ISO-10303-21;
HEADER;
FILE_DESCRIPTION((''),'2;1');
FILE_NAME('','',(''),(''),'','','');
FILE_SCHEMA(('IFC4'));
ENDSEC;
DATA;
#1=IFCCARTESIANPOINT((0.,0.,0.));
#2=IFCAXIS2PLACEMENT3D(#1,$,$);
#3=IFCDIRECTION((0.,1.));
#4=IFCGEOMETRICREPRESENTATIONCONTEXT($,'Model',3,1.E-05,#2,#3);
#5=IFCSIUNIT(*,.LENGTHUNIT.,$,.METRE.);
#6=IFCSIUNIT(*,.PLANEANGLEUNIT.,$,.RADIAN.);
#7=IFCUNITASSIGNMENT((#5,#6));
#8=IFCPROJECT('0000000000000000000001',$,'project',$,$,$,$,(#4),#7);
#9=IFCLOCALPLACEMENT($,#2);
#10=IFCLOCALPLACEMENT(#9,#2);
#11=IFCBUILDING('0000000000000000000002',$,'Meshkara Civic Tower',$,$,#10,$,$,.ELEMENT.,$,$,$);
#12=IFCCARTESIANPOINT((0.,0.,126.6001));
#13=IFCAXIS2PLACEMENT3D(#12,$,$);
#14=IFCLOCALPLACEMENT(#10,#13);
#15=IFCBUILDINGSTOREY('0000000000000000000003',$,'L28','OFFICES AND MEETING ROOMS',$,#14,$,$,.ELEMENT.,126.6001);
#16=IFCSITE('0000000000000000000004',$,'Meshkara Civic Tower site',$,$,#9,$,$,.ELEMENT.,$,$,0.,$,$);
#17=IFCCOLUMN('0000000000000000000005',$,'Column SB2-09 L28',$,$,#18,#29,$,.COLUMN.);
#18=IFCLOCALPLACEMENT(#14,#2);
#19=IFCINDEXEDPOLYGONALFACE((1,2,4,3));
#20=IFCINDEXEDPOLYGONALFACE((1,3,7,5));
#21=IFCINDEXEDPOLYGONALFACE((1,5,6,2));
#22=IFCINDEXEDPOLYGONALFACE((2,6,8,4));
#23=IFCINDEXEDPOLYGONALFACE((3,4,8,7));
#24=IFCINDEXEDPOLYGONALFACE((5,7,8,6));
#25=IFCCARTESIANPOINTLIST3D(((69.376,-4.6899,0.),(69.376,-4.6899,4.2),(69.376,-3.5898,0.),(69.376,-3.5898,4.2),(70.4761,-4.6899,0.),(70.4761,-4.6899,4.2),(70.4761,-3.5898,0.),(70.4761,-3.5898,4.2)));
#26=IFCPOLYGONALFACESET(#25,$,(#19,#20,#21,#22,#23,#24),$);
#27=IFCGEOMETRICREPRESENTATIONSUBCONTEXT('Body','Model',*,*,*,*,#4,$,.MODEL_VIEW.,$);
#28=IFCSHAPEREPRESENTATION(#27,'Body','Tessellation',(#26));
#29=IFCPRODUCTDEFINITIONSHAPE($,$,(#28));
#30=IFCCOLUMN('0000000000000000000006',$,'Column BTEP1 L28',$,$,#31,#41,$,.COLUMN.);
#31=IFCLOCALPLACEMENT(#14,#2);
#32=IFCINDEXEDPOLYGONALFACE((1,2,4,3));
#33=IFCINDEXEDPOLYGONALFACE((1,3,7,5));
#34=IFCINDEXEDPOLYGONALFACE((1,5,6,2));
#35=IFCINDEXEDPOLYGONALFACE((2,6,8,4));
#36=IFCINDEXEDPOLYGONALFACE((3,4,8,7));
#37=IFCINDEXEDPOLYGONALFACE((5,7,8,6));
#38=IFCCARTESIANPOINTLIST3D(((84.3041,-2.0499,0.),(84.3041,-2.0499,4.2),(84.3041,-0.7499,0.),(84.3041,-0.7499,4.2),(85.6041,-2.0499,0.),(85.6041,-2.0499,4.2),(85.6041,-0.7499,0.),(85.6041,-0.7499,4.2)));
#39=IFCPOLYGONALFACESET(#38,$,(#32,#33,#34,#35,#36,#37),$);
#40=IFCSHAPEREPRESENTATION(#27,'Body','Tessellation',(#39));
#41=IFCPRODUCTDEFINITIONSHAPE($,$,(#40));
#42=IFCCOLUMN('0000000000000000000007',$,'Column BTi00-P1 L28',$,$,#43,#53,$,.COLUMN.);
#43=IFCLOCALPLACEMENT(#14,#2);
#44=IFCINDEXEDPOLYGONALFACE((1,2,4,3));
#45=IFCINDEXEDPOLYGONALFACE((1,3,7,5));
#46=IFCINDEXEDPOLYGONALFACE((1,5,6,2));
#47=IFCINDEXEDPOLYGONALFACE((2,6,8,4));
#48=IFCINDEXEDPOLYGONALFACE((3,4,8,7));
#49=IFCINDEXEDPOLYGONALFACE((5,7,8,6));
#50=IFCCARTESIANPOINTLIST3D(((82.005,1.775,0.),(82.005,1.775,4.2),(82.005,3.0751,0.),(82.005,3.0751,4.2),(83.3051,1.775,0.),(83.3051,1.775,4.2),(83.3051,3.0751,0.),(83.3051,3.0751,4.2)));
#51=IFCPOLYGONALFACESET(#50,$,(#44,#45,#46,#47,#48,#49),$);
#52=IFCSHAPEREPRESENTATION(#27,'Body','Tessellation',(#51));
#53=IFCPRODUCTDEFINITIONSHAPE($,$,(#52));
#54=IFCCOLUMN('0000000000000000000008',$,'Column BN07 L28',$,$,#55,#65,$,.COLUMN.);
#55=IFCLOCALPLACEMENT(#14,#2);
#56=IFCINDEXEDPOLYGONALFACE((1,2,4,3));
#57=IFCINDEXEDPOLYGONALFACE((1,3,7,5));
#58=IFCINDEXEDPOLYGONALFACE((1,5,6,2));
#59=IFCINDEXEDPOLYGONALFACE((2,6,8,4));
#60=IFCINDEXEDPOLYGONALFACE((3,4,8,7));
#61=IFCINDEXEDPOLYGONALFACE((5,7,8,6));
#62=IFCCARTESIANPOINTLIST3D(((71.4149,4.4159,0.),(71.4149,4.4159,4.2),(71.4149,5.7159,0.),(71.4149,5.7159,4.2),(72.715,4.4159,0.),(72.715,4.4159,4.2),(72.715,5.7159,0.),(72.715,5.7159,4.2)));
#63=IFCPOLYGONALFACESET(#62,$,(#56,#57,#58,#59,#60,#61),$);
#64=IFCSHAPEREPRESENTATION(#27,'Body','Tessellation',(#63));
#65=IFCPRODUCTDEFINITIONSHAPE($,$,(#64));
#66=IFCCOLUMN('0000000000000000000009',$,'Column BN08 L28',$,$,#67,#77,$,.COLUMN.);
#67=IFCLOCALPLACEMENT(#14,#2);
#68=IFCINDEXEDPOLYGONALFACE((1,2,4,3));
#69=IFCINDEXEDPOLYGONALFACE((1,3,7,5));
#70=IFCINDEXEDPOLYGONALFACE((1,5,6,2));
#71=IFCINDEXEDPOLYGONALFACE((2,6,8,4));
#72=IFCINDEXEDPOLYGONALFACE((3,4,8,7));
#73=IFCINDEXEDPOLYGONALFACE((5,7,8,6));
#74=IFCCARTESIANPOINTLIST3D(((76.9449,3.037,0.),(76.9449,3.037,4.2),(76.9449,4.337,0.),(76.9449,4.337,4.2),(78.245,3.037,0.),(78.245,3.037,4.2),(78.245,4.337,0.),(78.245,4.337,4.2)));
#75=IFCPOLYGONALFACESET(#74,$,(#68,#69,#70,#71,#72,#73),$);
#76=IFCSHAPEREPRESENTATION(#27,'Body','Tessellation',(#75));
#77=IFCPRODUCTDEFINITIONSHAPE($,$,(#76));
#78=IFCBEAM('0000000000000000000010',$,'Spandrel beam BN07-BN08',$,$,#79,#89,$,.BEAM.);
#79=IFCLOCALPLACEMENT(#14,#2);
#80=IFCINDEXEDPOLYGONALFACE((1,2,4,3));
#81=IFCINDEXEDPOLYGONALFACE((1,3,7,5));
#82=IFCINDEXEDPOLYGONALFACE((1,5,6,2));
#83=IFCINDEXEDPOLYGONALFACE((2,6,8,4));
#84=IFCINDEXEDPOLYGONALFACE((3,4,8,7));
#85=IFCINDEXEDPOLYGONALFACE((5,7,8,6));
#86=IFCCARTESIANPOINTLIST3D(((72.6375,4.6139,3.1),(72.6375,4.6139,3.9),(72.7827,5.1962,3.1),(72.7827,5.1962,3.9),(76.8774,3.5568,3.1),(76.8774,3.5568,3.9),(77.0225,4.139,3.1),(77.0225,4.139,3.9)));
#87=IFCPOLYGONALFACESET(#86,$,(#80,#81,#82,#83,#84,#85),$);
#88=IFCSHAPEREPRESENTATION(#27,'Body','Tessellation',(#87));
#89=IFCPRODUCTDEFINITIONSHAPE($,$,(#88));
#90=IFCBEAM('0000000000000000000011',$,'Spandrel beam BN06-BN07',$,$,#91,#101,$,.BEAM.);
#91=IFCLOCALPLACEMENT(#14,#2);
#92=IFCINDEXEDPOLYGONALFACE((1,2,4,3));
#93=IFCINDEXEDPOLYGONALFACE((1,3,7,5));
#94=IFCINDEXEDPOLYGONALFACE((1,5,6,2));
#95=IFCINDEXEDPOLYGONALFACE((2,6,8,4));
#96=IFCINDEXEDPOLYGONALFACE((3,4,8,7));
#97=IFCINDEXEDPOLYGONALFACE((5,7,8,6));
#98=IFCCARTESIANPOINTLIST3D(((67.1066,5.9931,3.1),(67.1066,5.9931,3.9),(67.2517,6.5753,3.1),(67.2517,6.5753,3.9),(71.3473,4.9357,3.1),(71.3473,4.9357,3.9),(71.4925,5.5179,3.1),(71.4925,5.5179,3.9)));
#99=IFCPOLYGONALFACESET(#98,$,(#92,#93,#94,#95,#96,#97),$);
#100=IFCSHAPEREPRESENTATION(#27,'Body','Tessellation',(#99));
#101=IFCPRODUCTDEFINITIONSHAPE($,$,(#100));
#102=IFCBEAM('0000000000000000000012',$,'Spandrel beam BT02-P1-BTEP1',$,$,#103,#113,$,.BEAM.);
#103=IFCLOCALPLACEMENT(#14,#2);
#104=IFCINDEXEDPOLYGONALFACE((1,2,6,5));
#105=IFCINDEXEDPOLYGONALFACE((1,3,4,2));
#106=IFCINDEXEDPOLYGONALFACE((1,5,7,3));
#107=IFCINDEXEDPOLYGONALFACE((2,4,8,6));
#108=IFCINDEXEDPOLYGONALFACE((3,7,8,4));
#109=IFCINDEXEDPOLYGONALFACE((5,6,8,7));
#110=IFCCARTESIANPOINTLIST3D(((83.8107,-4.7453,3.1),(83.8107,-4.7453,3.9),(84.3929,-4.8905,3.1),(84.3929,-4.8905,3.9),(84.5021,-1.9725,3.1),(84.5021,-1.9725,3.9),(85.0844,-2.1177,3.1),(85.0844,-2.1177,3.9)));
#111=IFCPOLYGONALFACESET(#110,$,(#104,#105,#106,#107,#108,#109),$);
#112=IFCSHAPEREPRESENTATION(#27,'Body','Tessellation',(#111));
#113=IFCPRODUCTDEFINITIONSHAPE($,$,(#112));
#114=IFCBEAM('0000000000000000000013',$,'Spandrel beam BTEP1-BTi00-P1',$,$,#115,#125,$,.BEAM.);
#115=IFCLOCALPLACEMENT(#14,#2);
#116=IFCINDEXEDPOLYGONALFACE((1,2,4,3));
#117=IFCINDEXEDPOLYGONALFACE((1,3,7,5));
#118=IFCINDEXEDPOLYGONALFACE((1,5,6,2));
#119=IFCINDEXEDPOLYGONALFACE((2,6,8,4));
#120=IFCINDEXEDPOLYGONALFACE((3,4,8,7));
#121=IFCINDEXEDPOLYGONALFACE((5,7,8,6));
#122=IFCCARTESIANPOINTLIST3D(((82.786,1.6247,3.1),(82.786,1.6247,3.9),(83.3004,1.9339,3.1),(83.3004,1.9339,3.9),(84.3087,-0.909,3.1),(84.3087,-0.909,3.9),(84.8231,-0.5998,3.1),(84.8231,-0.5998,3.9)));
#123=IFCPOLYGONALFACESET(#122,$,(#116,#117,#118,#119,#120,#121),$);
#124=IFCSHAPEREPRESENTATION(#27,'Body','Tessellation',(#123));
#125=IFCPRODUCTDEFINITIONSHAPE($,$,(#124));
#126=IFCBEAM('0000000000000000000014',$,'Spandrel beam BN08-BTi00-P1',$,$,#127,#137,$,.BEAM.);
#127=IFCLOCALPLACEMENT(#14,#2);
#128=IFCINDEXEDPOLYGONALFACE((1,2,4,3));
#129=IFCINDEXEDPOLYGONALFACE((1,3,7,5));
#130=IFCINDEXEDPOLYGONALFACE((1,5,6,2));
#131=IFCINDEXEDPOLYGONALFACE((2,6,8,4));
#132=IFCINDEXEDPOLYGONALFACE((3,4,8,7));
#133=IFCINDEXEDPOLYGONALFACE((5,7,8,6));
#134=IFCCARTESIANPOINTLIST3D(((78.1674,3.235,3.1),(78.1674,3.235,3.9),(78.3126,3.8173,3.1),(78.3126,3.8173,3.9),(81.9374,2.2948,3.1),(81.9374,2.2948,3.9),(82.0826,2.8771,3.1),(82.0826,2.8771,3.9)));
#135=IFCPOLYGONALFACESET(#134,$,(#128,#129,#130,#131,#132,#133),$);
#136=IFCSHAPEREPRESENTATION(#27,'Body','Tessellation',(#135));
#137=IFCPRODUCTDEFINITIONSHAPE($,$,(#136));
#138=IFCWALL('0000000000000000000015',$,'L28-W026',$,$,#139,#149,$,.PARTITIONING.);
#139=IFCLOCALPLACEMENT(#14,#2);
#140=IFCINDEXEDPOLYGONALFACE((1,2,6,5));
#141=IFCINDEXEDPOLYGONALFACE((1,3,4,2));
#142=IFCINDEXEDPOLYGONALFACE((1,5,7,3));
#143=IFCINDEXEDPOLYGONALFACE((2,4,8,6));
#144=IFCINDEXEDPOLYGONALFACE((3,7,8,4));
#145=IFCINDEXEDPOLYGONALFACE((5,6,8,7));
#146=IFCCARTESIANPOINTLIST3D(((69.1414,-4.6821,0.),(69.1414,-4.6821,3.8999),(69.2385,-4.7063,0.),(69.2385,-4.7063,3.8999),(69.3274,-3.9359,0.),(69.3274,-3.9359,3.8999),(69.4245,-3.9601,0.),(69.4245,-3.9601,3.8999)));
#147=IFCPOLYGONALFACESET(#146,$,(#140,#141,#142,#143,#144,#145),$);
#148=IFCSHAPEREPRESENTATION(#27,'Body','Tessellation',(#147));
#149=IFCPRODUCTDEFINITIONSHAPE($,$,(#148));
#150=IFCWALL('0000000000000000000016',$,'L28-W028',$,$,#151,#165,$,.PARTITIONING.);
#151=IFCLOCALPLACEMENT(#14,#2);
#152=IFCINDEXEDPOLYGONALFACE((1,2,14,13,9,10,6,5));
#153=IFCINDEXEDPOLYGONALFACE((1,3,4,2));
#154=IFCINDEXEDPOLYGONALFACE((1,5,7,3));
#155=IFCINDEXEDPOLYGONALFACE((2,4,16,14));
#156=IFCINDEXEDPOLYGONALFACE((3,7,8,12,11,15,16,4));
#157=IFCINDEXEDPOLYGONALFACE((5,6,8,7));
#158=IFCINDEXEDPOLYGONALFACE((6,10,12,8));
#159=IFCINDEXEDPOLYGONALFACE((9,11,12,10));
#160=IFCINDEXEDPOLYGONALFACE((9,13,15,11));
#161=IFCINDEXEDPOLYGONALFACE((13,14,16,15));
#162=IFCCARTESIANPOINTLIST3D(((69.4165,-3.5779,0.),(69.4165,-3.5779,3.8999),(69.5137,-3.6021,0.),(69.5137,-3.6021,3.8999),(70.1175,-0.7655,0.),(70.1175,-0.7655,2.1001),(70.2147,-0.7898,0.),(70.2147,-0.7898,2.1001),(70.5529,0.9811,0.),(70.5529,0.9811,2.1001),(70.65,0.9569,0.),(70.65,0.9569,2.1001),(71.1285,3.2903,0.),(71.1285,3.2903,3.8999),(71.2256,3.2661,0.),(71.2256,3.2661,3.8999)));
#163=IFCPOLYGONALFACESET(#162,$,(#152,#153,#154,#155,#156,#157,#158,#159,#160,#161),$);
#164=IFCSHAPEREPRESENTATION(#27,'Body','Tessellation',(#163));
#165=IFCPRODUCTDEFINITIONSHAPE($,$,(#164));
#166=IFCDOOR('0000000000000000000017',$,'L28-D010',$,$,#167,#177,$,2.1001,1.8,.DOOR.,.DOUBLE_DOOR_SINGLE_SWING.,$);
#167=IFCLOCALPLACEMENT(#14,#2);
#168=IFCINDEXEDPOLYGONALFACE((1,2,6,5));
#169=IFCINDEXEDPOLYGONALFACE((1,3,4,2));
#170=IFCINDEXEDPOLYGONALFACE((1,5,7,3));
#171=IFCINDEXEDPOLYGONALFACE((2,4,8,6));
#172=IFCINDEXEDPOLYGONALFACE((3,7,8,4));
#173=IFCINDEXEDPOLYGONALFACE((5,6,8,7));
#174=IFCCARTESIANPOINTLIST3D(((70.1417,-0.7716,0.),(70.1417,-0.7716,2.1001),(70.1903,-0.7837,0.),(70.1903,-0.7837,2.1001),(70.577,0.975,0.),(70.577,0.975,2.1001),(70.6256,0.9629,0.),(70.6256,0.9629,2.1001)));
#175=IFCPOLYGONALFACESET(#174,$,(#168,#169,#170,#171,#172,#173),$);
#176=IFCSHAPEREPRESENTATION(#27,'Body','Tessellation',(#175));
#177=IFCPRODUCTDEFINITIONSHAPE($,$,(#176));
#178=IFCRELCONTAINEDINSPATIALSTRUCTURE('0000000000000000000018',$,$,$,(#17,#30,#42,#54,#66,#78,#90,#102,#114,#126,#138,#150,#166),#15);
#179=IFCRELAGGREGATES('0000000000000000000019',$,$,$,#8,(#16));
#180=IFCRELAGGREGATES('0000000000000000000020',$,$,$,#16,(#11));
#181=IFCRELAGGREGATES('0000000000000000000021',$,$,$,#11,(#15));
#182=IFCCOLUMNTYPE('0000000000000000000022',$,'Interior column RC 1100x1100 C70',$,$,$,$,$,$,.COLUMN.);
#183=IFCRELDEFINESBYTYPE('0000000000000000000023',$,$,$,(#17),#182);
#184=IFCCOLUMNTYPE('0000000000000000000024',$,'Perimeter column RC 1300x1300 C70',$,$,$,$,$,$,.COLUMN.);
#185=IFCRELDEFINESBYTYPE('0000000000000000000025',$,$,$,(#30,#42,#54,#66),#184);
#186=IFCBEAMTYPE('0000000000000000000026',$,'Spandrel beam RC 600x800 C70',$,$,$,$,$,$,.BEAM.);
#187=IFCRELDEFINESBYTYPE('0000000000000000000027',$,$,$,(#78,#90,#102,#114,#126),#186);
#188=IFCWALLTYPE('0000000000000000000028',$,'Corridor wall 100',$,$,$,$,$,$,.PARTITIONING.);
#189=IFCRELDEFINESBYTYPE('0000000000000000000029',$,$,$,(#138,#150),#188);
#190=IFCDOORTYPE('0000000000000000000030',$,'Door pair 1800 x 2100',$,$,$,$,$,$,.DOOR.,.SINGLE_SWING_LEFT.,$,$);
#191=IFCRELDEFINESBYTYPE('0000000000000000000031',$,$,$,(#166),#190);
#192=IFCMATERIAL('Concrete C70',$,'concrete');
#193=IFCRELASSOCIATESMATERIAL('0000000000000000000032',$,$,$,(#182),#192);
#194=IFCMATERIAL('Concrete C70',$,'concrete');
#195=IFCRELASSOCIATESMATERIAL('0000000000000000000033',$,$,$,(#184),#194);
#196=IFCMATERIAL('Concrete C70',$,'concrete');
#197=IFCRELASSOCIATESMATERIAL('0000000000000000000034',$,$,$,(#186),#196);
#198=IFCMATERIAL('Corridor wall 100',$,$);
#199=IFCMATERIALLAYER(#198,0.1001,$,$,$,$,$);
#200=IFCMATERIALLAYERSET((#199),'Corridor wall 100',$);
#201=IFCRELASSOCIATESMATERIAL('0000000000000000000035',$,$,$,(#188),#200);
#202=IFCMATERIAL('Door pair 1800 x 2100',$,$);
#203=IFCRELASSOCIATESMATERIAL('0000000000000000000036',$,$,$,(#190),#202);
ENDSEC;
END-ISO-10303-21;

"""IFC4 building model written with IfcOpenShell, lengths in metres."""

from ifc_helpers import new_model, si_unit, direction, frame, frame_2d, origin, origin_2d, place, context, subcontext, project, spatial, rectangle, extrude, material, layer, layer_set, material_profile, profile_set, type_object, element, fill, save


model = new_model("IFC4")

# Units and contexts
model_context = context("Model", 3, precision=1e-05, world=origin(), true_north=direction((0.0, 1.0)))
body_context = subcontext(model_context, "Body", "Model", "MODEL_VIEW")
ifc_project = project(units=[si_unit("LENGTHUNIT", "METRE"), si_unit("PLANEANGLEUNIT", "RADIAN")], contexts=[model_context])

# Site, building, storey
site_placement = place(None, origin())
site = spatial("IfcSite", under=ifc_project, at=site_placement, Name="Meshkara Civic Tower site", CompositionType="ELEMENT", RefElevation=0.0)
building_placement = place(site_placement, origin())
building = spatial("IfcBuilding", under=site, at=building_placement, Name="Meshkara Civic Tower", CompositionType="ELEMENT")
storey_placement = place(building_placement, frame((0.0, 0.0, 126.6001)))
storey = spatial("IfcBuildingStorey", under=building, at=storey_placement, Name="L28", Description="OFFICES AND MEETING ROOMS", CompositionType="ELEMENT", Elevation=126.6001)

# Columns
ifc_material_1 = material(Name="Concrete C70", Category="concrete")
ifc_material_profile_1 = material_profile(ifc_material_1, rectangle(XDim=1.1001, YDim=1.1001, at=origin_2d()))
ifc_profile_set_1 = profile_set([ifc_material_profile_1], Name="Concrete C70")
column_type_1 = type_object("IfcColumnType", Name="Interior column RC 1100x1100 C70", PredefinedType="COLUMN", material=ifc_profile_set_1)
column_placement = place(storey_placement, frame((69.926, -4.1399, 0.0), z_axis=(0.0, 0.0, 1.0), x_axis=(1.0, 0.0, 0.0)))
element("IfcColumn", 1, at=column_placement, inside=storey, type_object=column_type_1, Name="Column SB2-09 L28", PredefinedType="COLUMN", context=body_context, shape_type="SweptSolid", body=[
    extrude(rectangle(XDim=1.1001, YDim=1.1001, at=origin_2d()), origin(), (0.0, 0.0, 1.0), 4.2),
])
ifc_material_2 = material(Name="Concrete C70", Category="concrete")
ifc_material_profile_2 = material_profile(ifc_material_2, rectangle(XDim=1.3, YDim=1.3, at=origin_2d()))
ifc_profile_set_2 = profile_set([ifc_material_profile_2], Name="Concrete C70")
column_type_2 = type_object("IfcColumnType", Name="Perimeter column RC 1300x1300 C70", PredefinedType="COLUMN", material=ifc_profile_set_2)
for number, where, z_axis, x_axis, name in (
    (2, (84.9541, -1.3999, 0.0), (0.0, 0.0, 1.0), (1.0, 0.0, 0.0), "Column BTEP1 L28"),
    (3, (82.655, 2.425, 0.0), (0.0, 0.0, 1.0), (1.0, 0.0, 0.0), "Column BTi00-P1 L28"),
    (4, (72.0649, 5.0659, 0.0), (0.0, 0.0, 1.0), (1.0, 0.0, 0.0), "Column BN07 L28"),
    (5, (77.595, 3.687, 0.0), (0.0, 0.0, 1.0), (1.0, 0.0, 0.0), "Column BN08 L28"),
):
    element("IfcColumn", number, at=place(storey_placement, frame(where, z_axis=z_axis, x_axis=x_axis)), inside=storey, type_object=column_type_2, Name=name, PredefinedType="COLUMN", context=body_context, shape_type="SweptSolid", body=[
        extrude(rectangle(XDim=1.3, YDim=1.3, at=origin_2d()), origin(), (0.0, 0.0, 1.0), 4.2),
    ])

# Beams
ifc_material_3 = material(Name="Concrete C70", Category="concrete")
ifc_material_profile_3 = material_profile(ifc_material_3, rectangle(XDim=0.6001, YDim=0.8, at=origin_2d()))
ifc_profile_set_3 = profile_set([ifc_material_profile_3], Name="Concrete C70")
beam_type = type_object("IfcBeamType", Name="Spandrel beam RC 600x800 C70", PredefinedType="BEAM", material=ifc_profile_set_3)
beam_1_placement = place(storey_placement, frame((76.95, 3.8479, 3.5), z_axis=(-0.970293, 0.241931, 0.0), x_axis=(-0.241931, -0.970293, 0.0)))
element("IfcBeam", 6, at=beam_1_placement, inside=storey, type_object=beam_type, Name="Spandrel beam BN07-BN08", PredefinedType="BEAM", context=body_context, shape_type="SweptSolid", body=[
    extrude(rectangle(XDim=0.6001, YDim=0.8, at=origin_2d()), origin(), (0.0, 0.0, 1.0), 4.3696),
])
beam_2_placement = place(storey_placement, frame((71.4199, 5.2268, 3.5), z_axis=(-0.970293, 0.241931, 0.0), x_axis=(-0.241931, -0.970293, 0.0)))
element("IfcBeam", 7, at=beam_2_placement, inside=storey, type_object=beam_type, Name="Spandrel beam BN06-BN07", PredefinedType="BEAM", context=body_context, shape_type="SweptSolid", body=[
    extrude(rectangle(XDim=0.6001, YDim=0.8, at=origin_2d()), origin(), (0.0, 0.0, 1.0), 4.3706),
])
beam_3_placement = place(storey_placement, frame((84.1018, -4.8179, 3.5), z_axis=(0.241953, 0.970288, 0.0), x_axis=(-0.970288, 0.241953, 0.0)))
element("IfcBeam", 8, at=beam_3_placement, inside=storey, type_object=beam_type, Name="Spandrel beam BT02-P1-BTEP1", PredefinedType="BEAM", context=body_context, shape_type="SweptSolid", body=[
    extrude(rectangle(XDim=0.6001, YDim=0.8, at=origin_2d()), origin(), (0.0, 0.0, 1.0), 2.8577),
])
beam_4_placement = place(storey_placement, frame((84.5659, -0.7544, 3.5), z_axis=(-0.515115, 0.857121, 0.0), x_axis=(-0.857121, -0.515115, 0.0)))
element("IfcBeam", 9, at=beam_4_placement, inside=storey, type_object=beam_type, Name="Spandrel beam BTEP1-BTi00-P1", PredefinedType="BEAM", context=body_context, shape_type="SweptSolid", body=[
    extrude(rectangle(XDim=0.6001, YDim=0.8, at=origin_2d()), origin(), (0.0, 0.0, 1.0), 2.9561),
])
beam_5_placement = place(storey_placement, frame((82.01, 2.5859, 3.5), z_axis=(-0.970283, 0.241974, 0.0), x_axis=(-0.241974, -0.970283, 0.0)))
element("IfcBeam", 10, at=beam_5_placement, inside=storey, type_object=beam_type, Name="Spandrel beam BN08-BTi00-P1", PredefinedType="BEAM", context=body_context, shape_type="SweptSolid", body=[
    extrude(rectangle(XDim=0.6001, YDim=0.8, at=origin_2d()), origin(), (0.0, 0.0, 1.0), 3.8855),
])

# Wall
ifc_material_4 = material(Name="Corridor wall 100")
ifc_layer_1 = layer(ifc_material_4, 0.1001)
ifc_layer_set_1 = layer_set([ifc_layer_1], Name="Corridor wall 100")
wall_type_1 = type_object("IfcWallType", Name="Corridor wall 100", PredefinedType="PARTITIONING", material=ifc_layer_set_1)
wall_1_placement = place(storey_placement, frame((69.376, -3.948, 0.0), z_axis=(0.0, 0.0, 1.0), x_axis=(-0.241938, -0.970292, 0.0)))
element("IfcWall", 11, at=wall_1_placement, inside=storey, type_object=wall_type_1, Name="L28-W026", PredefinedType="PARTITIONING", context=body_context, shape_type="SweptSolid", body=[
    extrude(rectangle(XDim=0.769, YDim=0.1001, at=frame_2d((0.3845, 0.0))), origin(), (0.0, 0.0, 1.0), 3.8999),
])

# Wall, opening, door
wall_2_placement = place(storey_placement, frame((71.177, 3.2781, 0.0), z_axis=(0.0, 0.0, 1.0), x_axis=(-0.241854, -0.970313, 0.0)))
wall_2 = element("IfcWall", 12, at=wall_2_placement, inside=storey, type_object=wall_type_1, Name="L28-W028", PredefinedType="PARTITIONING", context=body_context, shape_type="SweptSolid", body=[
    extrude(rectangle(XDim=7.0784, YDim=0.1001, at=frame_2d((3.5391, 0.0))), origin(), (0.0, 0.0, 1.0), 3.8999),
])
opening_1_placement = place(wall_2_placement, frame((2.3799, 0.0, 0.0)))
opening_1 = element("IfcOpeningElement", 13, at=opening_1_placement, cuts=wall_2, PredefinedType="OPENING", context=body_context, shape_type="SweptSolid", body=[
    extrude(rectangle(XDim=1.8, YDim=2.1001, at=frame_2d((0.8999, 1.05))), frame((0.0, 0.0601, 0.0), z_axis=(0.0, -1.0, 0.0), x_axis=(1.0, 0.0, 0.0)), (0.0, 0.0, 1.0), 0.1201),
])
ifc_material_5 = material(Name="Door pair 1800 x 2100")
door_type = type_object("IfcDoorType", Name="Door pair 1800 x 2100", OperationType="SINGLE_SWING_LEFT", PredefinedType="DOOR", material=ifc_material_5)
door_1_placement = place(opening_1_placement, origin())
door_1 = element("IfcDoor", 14, at=door_1_placement, inside=storey, type_object=door_type, Name="L28-D010", OperationType="DOUBLE_DOOR_SINGLE_SWING", OverallHeight=2.1001, OverallWidth=1.8, PredefinedType="DOOR", context=body_context, shape_type="SweptSolid", body=[
    extrude(rectangle(XDim=1.8, YDim=2.1001, at=frame_2d((0.8999, 1.05))), frame((0.0, 0.0249, 0.0), z_axis=(0.0, -1.0, 0.0), x_axis=(1.0, 0.0, 0.0)), (0.0, 0.0, 1.0), 0.05),
])
fill(opening_1, door_1)

save(model, "model.ifc")
